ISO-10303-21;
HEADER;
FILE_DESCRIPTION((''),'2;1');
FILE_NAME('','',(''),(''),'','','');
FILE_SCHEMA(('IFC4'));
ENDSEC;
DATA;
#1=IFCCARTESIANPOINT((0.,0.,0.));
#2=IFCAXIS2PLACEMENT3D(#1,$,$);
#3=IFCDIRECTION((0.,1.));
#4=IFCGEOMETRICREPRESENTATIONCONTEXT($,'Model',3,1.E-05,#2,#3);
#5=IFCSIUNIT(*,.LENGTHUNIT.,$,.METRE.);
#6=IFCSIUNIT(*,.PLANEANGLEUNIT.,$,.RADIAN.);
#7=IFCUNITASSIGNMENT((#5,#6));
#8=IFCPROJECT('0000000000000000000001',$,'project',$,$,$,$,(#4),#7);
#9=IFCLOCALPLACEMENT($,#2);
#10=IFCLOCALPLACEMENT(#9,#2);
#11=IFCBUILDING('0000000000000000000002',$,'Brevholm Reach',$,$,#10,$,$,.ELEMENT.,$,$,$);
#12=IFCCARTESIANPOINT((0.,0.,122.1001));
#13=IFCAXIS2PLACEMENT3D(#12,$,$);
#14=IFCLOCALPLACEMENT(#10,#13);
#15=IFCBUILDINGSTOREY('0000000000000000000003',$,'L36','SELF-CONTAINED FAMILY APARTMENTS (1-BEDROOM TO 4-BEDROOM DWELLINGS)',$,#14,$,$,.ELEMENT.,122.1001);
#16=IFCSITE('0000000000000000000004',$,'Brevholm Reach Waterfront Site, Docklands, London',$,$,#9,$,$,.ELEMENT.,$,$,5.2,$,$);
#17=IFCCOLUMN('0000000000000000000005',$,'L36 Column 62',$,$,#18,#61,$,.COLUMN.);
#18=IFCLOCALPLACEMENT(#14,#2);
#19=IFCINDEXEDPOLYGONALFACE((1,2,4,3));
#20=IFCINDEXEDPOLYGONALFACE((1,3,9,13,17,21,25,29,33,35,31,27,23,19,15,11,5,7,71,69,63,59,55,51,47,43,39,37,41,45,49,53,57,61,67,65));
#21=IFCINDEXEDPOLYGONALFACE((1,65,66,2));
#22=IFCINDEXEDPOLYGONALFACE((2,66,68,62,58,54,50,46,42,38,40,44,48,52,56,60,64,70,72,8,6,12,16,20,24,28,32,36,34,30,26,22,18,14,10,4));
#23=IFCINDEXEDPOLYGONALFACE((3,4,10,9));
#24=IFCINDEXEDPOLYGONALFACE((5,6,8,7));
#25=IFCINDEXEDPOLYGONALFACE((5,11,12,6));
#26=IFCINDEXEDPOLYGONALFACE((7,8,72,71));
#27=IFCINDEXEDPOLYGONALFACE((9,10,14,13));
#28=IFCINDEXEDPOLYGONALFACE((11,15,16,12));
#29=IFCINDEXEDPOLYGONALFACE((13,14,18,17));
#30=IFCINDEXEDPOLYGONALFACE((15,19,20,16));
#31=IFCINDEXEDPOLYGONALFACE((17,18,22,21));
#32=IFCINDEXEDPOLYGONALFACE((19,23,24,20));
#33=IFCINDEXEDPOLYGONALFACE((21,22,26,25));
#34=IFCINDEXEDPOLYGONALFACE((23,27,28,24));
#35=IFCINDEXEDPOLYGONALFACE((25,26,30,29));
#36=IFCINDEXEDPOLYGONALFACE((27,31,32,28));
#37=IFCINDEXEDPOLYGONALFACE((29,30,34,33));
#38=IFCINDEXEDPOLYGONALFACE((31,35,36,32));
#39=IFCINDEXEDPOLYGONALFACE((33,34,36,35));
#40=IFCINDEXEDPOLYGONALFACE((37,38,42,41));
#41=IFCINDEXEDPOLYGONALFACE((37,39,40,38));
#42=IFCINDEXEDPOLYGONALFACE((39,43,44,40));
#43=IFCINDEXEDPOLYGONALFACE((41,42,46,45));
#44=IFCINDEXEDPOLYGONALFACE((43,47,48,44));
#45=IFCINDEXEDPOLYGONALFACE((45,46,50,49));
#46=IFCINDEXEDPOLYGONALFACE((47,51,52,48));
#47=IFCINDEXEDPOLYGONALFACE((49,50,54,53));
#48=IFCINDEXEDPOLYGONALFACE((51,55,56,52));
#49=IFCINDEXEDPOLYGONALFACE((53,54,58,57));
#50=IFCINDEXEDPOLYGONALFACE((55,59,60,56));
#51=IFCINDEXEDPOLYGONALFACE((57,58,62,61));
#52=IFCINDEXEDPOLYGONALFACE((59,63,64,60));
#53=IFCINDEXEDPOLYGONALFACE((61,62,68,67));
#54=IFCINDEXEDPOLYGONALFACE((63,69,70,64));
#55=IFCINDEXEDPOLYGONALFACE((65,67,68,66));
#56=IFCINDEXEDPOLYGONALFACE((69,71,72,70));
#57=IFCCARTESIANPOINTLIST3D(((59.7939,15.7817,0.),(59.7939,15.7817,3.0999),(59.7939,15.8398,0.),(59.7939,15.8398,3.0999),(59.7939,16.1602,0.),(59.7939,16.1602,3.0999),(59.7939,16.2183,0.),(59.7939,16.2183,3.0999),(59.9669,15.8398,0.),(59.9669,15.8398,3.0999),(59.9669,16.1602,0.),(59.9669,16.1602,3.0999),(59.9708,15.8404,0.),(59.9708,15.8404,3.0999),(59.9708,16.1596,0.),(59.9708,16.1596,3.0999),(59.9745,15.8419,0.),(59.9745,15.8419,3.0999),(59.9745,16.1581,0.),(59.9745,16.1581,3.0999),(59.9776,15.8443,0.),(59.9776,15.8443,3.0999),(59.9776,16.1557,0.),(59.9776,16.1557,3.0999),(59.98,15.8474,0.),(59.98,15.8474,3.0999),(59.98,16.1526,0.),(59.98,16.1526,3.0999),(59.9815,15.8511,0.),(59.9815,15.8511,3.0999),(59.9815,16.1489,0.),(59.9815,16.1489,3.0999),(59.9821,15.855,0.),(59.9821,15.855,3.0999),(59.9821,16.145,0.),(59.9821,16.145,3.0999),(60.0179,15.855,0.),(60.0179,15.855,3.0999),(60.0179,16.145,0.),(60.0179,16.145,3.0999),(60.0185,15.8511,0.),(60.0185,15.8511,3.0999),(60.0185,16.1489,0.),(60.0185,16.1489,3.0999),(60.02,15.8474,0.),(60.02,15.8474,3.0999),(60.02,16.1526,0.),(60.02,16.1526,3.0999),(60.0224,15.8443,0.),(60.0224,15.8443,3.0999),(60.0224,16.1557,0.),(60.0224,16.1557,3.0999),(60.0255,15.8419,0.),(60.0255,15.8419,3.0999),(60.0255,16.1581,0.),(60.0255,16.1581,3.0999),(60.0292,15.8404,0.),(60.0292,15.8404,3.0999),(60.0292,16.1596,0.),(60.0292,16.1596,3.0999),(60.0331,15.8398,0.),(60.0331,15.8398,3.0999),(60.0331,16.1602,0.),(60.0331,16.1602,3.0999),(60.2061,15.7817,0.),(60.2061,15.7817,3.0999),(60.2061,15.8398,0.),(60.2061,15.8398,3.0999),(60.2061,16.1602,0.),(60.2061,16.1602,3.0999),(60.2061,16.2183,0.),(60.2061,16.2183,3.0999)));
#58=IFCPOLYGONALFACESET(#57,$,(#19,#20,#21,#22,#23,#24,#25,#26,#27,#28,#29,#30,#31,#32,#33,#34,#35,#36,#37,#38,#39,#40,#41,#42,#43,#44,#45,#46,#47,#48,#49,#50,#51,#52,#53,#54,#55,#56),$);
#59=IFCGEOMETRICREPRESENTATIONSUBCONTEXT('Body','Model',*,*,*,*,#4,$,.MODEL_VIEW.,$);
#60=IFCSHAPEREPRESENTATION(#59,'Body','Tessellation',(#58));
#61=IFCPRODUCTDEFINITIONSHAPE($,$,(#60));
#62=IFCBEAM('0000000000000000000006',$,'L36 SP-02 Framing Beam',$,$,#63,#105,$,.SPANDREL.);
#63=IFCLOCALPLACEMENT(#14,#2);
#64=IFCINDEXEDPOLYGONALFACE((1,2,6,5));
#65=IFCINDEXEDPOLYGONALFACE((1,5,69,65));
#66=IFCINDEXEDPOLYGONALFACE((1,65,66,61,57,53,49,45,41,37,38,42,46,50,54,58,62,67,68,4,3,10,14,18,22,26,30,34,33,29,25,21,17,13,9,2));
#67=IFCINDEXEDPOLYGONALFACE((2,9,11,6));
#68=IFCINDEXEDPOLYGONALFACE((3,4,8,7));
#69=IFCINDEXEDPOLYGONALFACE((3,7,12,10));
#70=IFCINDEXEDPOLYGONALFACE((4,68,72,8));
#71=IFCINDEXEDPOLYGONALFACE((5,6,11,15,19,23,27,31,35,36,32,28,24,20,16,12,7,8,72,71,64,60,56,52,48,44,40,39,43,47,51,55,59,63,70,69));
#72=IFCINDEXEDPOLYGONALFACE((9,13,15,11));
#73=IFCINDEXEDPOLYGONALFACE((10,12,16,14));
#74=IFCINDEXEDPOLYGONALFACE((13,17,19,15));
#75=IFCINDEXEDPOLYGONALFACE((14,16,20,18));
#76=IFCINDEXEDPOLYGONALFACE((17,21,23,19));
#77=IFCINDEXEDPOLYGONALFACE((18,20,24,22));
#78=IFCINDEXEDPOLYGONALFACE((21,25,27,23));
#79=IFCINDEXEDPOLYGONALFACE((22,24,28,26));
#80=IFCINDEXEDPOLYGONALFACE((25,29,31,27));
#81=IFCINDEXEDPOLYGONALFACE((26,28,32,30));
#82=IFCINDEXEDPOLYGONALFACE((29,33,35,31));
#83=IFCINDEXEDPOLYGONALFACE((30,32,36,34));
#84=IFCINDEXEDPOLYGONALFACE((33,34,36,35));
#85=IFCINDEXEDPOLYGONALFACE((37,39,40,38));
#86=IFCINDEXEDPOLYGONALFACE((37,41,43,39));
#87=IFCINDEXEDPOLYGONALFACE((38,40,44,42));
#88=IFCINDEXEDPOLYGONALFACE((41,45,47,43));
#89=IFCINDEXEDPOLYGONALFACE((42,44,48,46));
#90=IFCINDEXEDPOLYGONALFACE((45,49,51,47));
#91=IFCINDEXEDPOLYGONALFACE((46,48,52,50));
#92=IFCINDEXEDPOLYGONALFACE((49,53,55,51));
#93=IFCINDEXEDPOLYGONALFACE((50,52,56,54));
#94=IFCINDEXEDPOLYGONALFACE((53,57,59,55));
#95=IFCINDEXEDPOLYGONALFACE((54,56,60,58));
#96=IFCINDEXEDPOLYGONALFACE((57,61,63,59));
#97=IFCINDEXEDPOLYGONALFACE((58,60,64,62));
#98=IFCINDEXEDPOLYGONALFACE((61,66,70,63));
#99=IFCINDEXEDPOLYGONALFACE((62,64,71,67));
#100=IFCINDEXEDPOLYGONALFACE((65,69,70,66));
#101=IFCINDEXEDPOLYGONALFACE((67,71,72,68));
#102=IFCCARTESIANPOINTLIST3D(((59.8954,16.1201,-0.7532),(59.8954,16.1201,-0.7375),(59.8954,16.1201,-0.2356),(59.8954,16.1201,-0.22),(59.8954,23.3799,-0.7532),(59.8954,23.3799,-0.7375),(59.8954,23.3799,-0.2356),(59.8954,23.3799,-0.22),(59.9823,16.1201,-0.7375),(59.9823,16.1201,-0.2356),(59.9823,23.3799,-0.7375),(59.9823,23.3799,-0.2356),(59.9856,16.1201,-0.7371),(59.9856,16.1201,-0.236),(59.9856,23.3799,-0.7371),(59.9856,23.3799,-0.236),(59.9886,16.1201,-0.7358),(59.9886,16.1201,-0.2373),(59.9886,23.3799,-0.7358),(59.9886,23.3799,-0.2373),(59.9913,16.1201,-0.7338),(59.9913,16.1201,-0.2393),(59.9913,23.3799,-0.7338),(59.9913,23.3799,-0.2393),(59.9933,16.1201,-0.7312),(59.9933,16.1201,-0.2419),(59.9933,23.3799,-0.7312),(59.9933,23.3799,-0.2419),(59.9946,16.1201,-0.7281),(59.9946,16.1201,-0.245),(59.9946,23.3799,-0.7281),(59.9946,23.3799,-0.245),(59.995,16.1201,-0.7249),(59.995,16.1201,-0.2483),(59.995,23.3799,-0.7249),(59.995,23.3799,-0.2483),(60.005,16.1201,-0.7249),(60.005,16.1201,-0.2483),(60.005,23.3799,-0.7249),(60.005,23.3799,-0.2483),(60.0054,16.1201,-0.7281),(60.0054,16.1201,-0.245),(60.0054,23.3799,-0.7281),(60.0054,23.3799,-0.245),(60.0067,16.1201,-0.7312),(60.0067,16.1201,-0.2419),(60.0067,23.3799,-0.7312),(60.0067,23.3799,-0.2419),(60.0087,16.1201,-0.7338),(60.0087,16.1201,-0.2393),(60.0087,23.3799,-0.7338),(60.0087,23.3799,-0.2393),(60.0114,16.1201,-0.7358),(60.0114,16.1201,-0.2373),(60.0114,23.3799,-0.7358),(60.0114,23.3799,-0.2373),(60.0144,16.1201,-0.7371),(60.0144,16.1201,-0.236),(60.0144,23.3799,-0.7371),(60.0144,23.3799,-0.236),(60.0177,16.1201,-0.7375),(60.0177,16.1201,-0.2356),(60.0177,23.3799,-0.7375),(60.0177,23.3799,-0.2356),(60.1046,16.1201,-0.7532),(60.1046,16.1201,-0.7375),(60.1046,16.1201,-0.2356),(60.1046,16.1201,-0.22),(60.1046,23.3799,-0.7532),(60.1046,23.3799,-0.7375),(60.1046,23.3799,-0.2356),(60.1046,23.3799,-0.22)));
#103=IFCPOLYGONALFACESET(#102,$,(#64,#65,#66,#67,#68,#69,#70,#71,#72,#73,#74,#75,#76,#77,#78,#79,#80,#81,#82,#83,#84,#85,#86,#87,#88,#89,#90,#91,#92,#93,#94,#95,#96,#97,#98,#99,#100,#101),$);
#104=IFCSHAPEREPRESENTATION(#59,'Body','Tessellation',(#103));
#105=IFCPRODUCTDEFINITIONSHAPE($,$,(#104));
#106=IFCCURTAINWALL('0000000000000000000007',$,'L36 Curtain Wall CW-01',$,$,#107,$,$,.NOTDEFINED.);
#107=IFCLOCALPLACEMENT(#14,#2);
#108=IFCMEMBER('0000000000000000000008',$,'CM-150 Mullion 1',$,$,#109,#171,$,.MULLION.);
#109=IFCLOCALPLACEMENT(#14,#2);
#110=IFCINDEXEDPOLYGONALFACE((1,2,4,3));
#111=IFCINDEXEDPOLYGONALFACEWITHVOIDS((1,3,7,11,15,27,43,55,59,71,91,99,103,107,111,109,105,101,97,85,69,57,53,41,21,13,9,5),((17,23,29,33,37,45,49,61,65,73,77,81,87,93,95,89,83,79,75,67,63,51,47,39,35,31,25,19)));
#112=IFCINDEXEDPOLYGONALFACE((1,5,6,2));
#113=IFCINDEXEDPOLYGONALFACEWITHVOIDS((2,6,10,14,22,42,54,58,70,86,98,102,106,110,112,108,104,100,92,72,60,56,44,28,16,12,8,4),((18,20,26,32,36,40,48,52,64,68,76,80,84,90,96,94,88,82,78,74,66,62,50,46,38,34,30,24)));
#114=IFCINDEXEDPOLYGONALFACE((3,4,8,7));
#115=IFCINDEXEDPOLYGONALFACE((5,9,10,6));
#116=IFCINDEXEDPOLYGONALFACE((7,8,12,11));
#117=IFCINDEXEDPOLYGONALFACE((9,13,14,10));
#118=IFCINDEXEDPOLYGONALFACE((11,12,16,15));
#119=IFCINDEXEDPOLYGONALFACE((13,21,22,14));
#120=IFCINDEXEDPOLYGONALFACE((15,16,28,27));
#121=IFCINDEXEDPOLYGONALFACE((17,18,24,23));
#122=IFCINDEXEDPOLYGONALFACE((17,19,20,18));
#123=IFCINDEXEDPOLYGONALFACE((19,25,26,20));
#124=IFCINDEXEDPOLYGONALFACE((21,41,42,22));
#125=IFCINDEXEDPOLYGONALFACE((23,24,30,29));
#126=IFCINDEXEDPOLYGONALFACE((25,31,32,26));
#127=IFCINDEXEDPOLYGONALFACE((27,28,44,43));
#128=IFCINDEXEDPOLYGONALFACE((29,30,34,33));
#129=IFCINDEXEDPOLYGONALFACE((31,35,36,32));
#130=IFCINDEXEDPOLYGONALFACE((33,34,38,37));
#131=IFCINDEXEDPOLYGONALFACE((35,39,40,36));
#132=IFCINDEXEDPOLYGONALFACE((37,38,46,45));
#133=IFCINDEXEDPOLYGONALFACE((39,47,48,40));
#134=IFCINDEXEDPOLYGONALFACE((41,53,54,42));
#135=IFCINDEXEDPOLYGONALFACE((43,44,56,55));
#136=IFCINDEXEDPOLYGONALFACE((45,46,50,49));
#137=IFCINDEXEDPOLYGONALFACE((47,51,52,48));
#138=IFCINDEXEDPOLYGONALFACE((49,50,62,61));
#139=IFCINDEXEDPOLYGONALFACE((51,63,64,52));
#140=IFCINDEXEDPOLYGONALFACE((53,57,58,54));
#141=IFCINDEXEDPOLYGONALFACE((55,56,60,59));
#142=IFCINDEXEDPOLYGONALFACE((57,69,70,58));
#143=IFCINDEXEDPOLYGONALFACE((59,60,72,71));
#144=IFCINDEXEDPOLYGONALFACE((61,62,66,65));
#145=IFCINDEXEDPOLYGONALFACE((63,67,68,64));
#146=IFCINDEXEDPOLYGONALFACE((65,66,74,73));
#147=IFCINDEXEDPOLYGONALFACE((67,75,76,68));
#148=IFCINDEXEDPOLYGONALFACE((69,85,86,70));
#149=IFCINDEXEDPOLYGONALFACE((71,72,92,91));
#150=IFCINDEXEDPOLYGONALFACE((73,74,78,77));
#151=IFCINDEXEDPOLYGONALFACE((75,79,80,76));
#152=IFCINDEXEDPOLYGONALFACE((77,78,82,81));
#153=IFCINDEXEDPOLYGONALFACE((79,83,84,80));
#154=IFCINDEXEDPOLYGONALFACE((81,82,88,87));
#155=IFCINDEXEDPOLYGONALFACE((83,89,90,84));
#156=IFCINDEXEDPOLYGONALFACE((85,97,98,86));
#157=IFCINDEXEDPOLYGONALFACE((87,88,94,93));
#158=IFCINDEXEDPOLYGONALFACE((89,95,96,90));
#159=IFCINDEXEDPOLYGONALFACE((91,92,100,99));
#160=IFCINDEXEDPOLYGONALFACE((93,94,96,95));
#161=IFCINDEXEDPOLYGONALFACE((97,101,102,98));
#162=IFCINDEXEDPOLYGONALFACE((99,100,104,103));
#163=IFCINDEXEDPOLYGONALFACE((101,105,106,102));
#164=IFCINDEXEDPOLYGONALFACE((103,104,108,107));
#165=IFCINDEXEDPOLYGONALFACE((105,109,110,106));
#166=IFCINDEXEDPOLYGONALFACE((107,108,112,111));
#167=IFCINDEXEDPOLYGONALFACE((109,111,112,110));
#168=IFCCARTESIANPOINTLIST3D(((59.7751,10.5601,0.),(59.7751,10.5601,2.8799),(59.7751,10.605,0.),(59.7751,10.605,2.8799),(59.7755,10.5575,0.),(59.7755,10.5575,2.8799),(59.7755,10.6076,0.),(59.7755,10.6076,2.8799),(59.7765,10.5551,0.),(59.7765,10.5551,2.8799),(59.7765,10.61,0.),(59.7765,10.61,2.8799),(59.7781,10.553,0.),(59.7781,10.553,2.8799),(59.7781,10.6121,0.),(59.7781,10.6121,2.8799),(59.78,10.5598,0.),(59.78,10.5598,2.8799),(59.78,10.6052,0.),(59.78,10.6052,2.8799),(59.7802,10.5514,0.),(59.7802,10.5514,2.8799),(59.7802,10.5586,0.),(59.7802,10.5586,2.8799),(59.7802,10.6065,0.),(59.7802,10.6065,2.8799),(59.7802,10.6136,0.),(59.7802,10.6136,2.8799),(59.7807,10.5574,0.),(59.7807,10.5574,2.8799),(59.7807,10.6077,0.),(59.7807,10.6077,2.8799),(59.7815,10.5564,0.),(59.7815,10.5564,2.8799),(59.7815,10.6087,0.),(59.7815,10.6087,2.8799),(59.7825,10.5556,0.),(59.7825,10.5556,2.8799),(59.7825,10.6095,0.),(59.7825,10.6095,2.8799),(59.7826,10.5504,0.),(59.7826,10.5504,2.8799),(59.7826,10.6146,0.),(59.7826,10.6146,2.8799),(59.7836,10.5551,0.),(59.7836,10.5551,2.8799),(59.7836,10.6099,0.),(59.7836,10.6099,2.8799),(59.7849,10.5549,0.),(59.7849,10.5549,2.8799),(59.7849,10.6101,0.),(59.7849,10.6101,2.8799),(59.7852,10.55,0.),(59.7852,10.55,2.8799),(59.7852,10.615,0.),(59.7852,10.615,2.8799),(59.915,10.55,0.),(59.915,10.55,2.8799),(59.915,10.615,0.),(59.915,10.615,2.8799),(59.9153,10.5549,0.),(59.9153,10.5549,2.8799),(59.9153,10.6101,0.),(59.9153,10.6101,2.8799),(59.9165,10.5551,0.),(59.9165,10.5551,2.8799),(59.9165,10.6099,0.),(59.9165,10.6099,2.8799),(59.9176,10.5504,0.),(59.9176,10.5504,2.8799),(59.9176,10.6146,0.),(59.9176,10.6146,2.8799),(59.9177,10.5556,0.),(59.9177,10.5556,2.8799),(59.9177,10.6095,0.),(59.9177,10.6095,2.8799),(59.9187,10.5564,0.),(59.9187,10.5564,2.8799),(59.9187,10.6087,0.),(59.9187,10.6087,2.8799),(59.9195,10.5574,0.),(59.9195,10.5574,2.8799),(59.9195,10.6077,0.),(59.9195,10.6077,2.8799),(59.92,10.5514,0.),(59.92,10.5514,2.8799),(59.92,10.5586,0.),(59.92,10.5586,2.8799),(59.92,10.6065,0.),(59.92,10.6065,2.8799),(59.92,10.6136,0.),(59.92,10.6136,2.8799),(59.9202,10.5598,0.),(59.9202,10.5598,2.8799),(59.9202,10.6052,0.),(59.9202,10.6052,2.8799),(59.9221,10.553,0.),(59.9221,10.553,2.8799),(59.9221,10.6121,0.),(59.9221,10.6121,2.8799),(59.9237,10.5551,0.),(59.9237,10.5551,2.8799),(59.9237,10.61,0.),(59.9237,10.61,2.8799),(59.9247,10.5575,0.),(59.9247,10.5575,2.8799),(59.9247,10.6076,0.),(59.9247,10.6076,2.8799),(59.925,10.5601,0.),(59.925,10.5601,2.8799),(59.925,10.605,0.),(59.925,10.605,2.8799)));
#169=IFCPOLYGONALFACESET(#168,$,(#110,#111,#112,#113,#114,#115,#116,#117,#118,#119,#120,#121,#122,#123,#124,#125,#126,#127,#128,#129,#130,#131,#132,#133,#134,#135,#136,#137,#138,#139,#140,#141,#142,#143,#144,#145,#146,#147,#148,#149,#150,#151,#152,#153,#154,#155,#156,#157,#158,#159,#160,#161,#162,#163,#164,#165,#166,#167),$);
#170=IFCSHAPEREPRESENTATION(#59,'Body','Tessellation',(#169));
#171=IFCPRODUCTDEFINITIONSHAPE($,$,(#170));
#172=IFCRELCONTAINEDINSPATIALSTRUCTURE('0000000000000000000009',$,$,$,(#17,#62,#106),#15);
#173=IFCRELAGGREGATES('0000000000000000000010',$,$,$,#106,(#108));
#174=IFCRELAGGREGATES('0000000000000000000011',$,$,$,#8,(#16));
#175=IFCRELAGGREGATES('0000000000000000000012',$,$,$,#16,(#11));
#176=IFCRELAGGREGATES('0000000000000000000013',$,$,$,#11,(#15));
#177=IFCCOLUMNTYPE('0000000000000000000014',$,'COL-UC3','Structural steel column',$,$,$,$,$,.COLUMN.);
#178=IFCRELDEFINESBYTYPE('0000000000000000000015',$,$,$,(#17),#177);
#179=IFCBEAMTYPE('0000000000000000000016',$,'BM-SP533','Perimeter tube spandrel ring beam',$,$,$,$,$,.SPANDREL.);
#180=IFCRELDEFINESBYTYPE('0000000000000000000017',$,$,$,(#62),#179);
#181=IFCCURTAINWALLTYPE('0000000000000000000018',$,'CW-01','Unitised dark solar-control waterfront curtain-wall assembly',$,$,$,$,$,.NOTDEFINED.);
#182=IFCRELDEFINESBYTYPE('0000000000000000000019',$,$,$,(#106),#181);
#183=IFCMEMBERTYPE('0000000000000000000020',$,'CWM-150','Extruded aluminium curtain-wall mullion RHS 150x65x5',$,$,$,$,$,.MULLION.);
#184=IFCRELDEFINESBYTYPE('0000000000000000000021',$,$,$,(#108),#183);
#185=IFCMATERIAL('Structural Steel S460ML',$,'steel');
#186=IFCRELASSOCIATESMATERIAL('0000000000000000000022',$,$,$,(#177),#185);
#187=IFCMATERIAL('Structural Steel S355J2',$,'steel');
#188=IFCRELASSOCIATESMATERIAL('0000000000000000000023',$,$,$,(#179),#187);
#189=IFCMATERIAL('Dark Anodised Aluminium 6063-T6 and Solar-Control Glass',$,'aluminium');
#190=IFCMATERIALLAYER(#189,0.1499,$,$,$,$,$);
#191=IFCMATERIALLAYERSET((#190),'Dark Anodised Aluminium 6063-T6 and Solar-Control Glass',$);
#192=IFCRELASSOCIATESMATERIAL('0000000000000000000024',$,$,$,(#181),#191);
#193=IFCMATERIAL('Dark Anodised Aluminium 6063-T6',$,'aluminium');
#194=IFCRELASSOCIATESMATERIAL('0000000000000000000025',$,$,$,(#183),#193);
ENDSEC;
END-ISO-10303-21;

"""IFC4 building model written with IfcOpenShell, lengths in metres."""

from ifc_helpers import new_model, si_unit, direction, frame, origin, origin_2d, place, context, subcontext, project, spatial, hollow_rectangle, i_section, extrude, material, layer, layer_set, material_profile, profile_set, type_object, element, aggregate, save


model = new_model("IFC4")

# Units and contexts
model_context = context("Model", 3, precision=1e-05, world=origin(), true_north=direction((0.0, 1.0)))
body_context = subcontext(model_context, "Body", "Model", "MODEL_VIEW")
ifc_project = project(units=[si_unit("LENGTHUNIT", "METRE"), si_unit("PLANEANGLEUNIT", "RADIAN")], contexts=[model_context])

# Site, building, storey
site_placement = place(None, origin())
site = spatial("IfcSite", under=ifc_project, at=site_placement, Name="Brevholm Reach Waterfront Site, Docklands, London", CompositionType="ELEMENT", RefElevation=5.2)
building_placement = place(site_placement, origin())
building = spatial("IfcBuilding", under=site, at=building_placement, Name="Brevholm Reach", CompositionType="ELEMENT")
storey_placement = place(building_placement, frame((0.0, 0.0, 122.1001)))
storey = spatial("IfcBuildingStorey", under=building, at=storey_placement, Name="L36", Description="SELF-CONTAINED FAMILY APARTMENTS (1-BEDROOM TO 4-BEDROOM DWELLINGS)", CompositionType="ELEMENT", Elevation=122.1001)

# Column
ifc_material_1 = material(Name="Structural Steel S460ML", Category="steel")
ifc_material_profile_1 = material_profile(ifc_material_1, i_section(OverallWidth=0.4121, OverallDepth=0.4365, WebThickness=0.0359, FlangeThickness=0.0581, FilletRadius=0.0151, at=origin_2d()), Name="UKC 356x406x467")
ifc_profile_set_1 = profile_set([ifc_material_profile_1], Name="Structural Steel S460ML")
column_type = type_object("IfcColumnType", Name="COL-UC3", Description="Structural steel column", PredefinedType="COLUMN", material=ifc_profile_set_1)
column_placement = place(storey_placement, frame((60.0, 16.0, 0.0), z_axis=(0.0, 0.0, 1.0), x_axis=(1.0, 0.0, 0.0)))
element("IfcColumn", 1, at=column_placement, inside=storey, type_object=column_type, Name="L36 Column 62", PredefinedType="COLUMN", context=body_context, shape_type="SweptSolid", body=[
    extrude(i_section(OverallWidth=0.4121, OverallDepth=0.4365, WebThickness=0.0359, FlangeThickness=0.0581, FilletRadius=0.0151, at=origin_2d()), origin(), (0.0, 0.0, 1.0), 3.0999),
])

# Beam
ifc_material_2 = material(Name="Structural Steel S355J2", Category="steel")
ifc_material_profile_2 = material_profile(ifc_material_2, i_section(OverallWidth=0.2092, OverallDepth=0.5332, WebThickness=0.01, FlangeThickness=0.0156, FilletRadius=0.0127, at=origin_2d()), Name="UKB 533x210x92")
ifc_profile_set_2 = profile_set([ifc_material_profile_2], Name="Structural Steel S355J2")
beam_type = type_object("IfcBeamType", Name="BM-SP533", Description="Perimeter tube spandrel ring beam", PredefinedType="SPANDREL", material=ifc_profile_set_2)
beam_placement = place(storey_placement, frame((60.0, 16.1201, -0.4866), z_axis=(0.0, 1.0, 0.0), x_axis=(-1.0, 0.0, 0.0)))
element("IfcBeam", 2, at=beam_placement, inside=storey, type_object=beam_type, Name="L36 SP-02 Framing Beam", PredefinedType="SPANDREL", context=body_context, shape_type="SweptSolid", body=[
    extrude(i_section(OverallWidth=0.2092, OverallDepth=0.5332, WebThickness=0.01, FlangeThickness=0.0156, FilletRadius=0.0127, at=origin_2d()), origin(), (0.0, 0.0, 1.0), 7.2598),
])

# Curtain wall, member
ifc_material_3 = material(Name="Dark Anodised Aluminium 6063-T6 and Solar-Control Glass", Category="aluminium")
ifc_layer_1 = layer(ifc_material_3, 0.1499)
ifc_layer_set_1 = layer_set([ifc_layer_1], Name="Dark Anodised Aluminium 6063-T6 and Solar-Control Glass")
curtain_wall_type = type_object("IfcCurtainWallType", Name="CW-01", Description="Unitised dark solar-control waterfront curtain-wall assembly", PredefinedType="NOTDEFINED", material=ifc_layer_set_1)
curtain_wall_placement = place(storey_placement, origin())
curtain_wall = element("IfcCurtainWall", 3, at=curtain_wall_placement, inside=storey, type_object=curtain_wall_type, Name="L36 Curtain Wall CW-01", PredefinedType="NOTDEFINED")
ifc_material_4 = material(Name="Dark Anodised Aluminium 6063-T6", Category="aluminium")
ifc_material_profile_3 = material_profile(ifc_material_4, hollow_rectangle(XDim=0.0649, YDim=0.1499, WallThickness=0.0049, InnerFilletRadius=0.0049, OuterFilletRadius=0.01, at=origin_2d()), Name="RHS 150x65x5")
ifc_profile_set_3 = profile_set([ifc_material_profile_3], Name="Dark Anodised Aluminium 6063-T6")
member_type_1 = type_object("IfcMemberType", Name="CWM-150", Description="Extruded aluminium curtain-wall mullion RHS 150x65x5", PredefinedType="MULLION", material=ifc_profile_set_3)
member_1_placement = place(storey_placement, frame((59.8501, 10.5825, 0.0), z_axis=(0.0, 0.0, 1.0), x_axis=(0.0, 1.0, 0.0)))
member_1 = element("IfcMember", 4, at=member_1_placement, type_object=member_type_1, Name="CM-150 Mullion 1", PredefinedType="MULLION", context=body_context, shape_type="SweptSolid", body=[
    extrude(hollow_rectangle(XDim=0.0649, YDim=0.1499, WallThickness=0.0049, InnerFilletRadius=0.0049, OuterFilletRadius=0.01, at=origin_2d()), origin(), (0.0, 0.0, 1.0), 2.8799),
])
aggregate(curtain_wall, [member_1])

save(model, "model.ifc")
